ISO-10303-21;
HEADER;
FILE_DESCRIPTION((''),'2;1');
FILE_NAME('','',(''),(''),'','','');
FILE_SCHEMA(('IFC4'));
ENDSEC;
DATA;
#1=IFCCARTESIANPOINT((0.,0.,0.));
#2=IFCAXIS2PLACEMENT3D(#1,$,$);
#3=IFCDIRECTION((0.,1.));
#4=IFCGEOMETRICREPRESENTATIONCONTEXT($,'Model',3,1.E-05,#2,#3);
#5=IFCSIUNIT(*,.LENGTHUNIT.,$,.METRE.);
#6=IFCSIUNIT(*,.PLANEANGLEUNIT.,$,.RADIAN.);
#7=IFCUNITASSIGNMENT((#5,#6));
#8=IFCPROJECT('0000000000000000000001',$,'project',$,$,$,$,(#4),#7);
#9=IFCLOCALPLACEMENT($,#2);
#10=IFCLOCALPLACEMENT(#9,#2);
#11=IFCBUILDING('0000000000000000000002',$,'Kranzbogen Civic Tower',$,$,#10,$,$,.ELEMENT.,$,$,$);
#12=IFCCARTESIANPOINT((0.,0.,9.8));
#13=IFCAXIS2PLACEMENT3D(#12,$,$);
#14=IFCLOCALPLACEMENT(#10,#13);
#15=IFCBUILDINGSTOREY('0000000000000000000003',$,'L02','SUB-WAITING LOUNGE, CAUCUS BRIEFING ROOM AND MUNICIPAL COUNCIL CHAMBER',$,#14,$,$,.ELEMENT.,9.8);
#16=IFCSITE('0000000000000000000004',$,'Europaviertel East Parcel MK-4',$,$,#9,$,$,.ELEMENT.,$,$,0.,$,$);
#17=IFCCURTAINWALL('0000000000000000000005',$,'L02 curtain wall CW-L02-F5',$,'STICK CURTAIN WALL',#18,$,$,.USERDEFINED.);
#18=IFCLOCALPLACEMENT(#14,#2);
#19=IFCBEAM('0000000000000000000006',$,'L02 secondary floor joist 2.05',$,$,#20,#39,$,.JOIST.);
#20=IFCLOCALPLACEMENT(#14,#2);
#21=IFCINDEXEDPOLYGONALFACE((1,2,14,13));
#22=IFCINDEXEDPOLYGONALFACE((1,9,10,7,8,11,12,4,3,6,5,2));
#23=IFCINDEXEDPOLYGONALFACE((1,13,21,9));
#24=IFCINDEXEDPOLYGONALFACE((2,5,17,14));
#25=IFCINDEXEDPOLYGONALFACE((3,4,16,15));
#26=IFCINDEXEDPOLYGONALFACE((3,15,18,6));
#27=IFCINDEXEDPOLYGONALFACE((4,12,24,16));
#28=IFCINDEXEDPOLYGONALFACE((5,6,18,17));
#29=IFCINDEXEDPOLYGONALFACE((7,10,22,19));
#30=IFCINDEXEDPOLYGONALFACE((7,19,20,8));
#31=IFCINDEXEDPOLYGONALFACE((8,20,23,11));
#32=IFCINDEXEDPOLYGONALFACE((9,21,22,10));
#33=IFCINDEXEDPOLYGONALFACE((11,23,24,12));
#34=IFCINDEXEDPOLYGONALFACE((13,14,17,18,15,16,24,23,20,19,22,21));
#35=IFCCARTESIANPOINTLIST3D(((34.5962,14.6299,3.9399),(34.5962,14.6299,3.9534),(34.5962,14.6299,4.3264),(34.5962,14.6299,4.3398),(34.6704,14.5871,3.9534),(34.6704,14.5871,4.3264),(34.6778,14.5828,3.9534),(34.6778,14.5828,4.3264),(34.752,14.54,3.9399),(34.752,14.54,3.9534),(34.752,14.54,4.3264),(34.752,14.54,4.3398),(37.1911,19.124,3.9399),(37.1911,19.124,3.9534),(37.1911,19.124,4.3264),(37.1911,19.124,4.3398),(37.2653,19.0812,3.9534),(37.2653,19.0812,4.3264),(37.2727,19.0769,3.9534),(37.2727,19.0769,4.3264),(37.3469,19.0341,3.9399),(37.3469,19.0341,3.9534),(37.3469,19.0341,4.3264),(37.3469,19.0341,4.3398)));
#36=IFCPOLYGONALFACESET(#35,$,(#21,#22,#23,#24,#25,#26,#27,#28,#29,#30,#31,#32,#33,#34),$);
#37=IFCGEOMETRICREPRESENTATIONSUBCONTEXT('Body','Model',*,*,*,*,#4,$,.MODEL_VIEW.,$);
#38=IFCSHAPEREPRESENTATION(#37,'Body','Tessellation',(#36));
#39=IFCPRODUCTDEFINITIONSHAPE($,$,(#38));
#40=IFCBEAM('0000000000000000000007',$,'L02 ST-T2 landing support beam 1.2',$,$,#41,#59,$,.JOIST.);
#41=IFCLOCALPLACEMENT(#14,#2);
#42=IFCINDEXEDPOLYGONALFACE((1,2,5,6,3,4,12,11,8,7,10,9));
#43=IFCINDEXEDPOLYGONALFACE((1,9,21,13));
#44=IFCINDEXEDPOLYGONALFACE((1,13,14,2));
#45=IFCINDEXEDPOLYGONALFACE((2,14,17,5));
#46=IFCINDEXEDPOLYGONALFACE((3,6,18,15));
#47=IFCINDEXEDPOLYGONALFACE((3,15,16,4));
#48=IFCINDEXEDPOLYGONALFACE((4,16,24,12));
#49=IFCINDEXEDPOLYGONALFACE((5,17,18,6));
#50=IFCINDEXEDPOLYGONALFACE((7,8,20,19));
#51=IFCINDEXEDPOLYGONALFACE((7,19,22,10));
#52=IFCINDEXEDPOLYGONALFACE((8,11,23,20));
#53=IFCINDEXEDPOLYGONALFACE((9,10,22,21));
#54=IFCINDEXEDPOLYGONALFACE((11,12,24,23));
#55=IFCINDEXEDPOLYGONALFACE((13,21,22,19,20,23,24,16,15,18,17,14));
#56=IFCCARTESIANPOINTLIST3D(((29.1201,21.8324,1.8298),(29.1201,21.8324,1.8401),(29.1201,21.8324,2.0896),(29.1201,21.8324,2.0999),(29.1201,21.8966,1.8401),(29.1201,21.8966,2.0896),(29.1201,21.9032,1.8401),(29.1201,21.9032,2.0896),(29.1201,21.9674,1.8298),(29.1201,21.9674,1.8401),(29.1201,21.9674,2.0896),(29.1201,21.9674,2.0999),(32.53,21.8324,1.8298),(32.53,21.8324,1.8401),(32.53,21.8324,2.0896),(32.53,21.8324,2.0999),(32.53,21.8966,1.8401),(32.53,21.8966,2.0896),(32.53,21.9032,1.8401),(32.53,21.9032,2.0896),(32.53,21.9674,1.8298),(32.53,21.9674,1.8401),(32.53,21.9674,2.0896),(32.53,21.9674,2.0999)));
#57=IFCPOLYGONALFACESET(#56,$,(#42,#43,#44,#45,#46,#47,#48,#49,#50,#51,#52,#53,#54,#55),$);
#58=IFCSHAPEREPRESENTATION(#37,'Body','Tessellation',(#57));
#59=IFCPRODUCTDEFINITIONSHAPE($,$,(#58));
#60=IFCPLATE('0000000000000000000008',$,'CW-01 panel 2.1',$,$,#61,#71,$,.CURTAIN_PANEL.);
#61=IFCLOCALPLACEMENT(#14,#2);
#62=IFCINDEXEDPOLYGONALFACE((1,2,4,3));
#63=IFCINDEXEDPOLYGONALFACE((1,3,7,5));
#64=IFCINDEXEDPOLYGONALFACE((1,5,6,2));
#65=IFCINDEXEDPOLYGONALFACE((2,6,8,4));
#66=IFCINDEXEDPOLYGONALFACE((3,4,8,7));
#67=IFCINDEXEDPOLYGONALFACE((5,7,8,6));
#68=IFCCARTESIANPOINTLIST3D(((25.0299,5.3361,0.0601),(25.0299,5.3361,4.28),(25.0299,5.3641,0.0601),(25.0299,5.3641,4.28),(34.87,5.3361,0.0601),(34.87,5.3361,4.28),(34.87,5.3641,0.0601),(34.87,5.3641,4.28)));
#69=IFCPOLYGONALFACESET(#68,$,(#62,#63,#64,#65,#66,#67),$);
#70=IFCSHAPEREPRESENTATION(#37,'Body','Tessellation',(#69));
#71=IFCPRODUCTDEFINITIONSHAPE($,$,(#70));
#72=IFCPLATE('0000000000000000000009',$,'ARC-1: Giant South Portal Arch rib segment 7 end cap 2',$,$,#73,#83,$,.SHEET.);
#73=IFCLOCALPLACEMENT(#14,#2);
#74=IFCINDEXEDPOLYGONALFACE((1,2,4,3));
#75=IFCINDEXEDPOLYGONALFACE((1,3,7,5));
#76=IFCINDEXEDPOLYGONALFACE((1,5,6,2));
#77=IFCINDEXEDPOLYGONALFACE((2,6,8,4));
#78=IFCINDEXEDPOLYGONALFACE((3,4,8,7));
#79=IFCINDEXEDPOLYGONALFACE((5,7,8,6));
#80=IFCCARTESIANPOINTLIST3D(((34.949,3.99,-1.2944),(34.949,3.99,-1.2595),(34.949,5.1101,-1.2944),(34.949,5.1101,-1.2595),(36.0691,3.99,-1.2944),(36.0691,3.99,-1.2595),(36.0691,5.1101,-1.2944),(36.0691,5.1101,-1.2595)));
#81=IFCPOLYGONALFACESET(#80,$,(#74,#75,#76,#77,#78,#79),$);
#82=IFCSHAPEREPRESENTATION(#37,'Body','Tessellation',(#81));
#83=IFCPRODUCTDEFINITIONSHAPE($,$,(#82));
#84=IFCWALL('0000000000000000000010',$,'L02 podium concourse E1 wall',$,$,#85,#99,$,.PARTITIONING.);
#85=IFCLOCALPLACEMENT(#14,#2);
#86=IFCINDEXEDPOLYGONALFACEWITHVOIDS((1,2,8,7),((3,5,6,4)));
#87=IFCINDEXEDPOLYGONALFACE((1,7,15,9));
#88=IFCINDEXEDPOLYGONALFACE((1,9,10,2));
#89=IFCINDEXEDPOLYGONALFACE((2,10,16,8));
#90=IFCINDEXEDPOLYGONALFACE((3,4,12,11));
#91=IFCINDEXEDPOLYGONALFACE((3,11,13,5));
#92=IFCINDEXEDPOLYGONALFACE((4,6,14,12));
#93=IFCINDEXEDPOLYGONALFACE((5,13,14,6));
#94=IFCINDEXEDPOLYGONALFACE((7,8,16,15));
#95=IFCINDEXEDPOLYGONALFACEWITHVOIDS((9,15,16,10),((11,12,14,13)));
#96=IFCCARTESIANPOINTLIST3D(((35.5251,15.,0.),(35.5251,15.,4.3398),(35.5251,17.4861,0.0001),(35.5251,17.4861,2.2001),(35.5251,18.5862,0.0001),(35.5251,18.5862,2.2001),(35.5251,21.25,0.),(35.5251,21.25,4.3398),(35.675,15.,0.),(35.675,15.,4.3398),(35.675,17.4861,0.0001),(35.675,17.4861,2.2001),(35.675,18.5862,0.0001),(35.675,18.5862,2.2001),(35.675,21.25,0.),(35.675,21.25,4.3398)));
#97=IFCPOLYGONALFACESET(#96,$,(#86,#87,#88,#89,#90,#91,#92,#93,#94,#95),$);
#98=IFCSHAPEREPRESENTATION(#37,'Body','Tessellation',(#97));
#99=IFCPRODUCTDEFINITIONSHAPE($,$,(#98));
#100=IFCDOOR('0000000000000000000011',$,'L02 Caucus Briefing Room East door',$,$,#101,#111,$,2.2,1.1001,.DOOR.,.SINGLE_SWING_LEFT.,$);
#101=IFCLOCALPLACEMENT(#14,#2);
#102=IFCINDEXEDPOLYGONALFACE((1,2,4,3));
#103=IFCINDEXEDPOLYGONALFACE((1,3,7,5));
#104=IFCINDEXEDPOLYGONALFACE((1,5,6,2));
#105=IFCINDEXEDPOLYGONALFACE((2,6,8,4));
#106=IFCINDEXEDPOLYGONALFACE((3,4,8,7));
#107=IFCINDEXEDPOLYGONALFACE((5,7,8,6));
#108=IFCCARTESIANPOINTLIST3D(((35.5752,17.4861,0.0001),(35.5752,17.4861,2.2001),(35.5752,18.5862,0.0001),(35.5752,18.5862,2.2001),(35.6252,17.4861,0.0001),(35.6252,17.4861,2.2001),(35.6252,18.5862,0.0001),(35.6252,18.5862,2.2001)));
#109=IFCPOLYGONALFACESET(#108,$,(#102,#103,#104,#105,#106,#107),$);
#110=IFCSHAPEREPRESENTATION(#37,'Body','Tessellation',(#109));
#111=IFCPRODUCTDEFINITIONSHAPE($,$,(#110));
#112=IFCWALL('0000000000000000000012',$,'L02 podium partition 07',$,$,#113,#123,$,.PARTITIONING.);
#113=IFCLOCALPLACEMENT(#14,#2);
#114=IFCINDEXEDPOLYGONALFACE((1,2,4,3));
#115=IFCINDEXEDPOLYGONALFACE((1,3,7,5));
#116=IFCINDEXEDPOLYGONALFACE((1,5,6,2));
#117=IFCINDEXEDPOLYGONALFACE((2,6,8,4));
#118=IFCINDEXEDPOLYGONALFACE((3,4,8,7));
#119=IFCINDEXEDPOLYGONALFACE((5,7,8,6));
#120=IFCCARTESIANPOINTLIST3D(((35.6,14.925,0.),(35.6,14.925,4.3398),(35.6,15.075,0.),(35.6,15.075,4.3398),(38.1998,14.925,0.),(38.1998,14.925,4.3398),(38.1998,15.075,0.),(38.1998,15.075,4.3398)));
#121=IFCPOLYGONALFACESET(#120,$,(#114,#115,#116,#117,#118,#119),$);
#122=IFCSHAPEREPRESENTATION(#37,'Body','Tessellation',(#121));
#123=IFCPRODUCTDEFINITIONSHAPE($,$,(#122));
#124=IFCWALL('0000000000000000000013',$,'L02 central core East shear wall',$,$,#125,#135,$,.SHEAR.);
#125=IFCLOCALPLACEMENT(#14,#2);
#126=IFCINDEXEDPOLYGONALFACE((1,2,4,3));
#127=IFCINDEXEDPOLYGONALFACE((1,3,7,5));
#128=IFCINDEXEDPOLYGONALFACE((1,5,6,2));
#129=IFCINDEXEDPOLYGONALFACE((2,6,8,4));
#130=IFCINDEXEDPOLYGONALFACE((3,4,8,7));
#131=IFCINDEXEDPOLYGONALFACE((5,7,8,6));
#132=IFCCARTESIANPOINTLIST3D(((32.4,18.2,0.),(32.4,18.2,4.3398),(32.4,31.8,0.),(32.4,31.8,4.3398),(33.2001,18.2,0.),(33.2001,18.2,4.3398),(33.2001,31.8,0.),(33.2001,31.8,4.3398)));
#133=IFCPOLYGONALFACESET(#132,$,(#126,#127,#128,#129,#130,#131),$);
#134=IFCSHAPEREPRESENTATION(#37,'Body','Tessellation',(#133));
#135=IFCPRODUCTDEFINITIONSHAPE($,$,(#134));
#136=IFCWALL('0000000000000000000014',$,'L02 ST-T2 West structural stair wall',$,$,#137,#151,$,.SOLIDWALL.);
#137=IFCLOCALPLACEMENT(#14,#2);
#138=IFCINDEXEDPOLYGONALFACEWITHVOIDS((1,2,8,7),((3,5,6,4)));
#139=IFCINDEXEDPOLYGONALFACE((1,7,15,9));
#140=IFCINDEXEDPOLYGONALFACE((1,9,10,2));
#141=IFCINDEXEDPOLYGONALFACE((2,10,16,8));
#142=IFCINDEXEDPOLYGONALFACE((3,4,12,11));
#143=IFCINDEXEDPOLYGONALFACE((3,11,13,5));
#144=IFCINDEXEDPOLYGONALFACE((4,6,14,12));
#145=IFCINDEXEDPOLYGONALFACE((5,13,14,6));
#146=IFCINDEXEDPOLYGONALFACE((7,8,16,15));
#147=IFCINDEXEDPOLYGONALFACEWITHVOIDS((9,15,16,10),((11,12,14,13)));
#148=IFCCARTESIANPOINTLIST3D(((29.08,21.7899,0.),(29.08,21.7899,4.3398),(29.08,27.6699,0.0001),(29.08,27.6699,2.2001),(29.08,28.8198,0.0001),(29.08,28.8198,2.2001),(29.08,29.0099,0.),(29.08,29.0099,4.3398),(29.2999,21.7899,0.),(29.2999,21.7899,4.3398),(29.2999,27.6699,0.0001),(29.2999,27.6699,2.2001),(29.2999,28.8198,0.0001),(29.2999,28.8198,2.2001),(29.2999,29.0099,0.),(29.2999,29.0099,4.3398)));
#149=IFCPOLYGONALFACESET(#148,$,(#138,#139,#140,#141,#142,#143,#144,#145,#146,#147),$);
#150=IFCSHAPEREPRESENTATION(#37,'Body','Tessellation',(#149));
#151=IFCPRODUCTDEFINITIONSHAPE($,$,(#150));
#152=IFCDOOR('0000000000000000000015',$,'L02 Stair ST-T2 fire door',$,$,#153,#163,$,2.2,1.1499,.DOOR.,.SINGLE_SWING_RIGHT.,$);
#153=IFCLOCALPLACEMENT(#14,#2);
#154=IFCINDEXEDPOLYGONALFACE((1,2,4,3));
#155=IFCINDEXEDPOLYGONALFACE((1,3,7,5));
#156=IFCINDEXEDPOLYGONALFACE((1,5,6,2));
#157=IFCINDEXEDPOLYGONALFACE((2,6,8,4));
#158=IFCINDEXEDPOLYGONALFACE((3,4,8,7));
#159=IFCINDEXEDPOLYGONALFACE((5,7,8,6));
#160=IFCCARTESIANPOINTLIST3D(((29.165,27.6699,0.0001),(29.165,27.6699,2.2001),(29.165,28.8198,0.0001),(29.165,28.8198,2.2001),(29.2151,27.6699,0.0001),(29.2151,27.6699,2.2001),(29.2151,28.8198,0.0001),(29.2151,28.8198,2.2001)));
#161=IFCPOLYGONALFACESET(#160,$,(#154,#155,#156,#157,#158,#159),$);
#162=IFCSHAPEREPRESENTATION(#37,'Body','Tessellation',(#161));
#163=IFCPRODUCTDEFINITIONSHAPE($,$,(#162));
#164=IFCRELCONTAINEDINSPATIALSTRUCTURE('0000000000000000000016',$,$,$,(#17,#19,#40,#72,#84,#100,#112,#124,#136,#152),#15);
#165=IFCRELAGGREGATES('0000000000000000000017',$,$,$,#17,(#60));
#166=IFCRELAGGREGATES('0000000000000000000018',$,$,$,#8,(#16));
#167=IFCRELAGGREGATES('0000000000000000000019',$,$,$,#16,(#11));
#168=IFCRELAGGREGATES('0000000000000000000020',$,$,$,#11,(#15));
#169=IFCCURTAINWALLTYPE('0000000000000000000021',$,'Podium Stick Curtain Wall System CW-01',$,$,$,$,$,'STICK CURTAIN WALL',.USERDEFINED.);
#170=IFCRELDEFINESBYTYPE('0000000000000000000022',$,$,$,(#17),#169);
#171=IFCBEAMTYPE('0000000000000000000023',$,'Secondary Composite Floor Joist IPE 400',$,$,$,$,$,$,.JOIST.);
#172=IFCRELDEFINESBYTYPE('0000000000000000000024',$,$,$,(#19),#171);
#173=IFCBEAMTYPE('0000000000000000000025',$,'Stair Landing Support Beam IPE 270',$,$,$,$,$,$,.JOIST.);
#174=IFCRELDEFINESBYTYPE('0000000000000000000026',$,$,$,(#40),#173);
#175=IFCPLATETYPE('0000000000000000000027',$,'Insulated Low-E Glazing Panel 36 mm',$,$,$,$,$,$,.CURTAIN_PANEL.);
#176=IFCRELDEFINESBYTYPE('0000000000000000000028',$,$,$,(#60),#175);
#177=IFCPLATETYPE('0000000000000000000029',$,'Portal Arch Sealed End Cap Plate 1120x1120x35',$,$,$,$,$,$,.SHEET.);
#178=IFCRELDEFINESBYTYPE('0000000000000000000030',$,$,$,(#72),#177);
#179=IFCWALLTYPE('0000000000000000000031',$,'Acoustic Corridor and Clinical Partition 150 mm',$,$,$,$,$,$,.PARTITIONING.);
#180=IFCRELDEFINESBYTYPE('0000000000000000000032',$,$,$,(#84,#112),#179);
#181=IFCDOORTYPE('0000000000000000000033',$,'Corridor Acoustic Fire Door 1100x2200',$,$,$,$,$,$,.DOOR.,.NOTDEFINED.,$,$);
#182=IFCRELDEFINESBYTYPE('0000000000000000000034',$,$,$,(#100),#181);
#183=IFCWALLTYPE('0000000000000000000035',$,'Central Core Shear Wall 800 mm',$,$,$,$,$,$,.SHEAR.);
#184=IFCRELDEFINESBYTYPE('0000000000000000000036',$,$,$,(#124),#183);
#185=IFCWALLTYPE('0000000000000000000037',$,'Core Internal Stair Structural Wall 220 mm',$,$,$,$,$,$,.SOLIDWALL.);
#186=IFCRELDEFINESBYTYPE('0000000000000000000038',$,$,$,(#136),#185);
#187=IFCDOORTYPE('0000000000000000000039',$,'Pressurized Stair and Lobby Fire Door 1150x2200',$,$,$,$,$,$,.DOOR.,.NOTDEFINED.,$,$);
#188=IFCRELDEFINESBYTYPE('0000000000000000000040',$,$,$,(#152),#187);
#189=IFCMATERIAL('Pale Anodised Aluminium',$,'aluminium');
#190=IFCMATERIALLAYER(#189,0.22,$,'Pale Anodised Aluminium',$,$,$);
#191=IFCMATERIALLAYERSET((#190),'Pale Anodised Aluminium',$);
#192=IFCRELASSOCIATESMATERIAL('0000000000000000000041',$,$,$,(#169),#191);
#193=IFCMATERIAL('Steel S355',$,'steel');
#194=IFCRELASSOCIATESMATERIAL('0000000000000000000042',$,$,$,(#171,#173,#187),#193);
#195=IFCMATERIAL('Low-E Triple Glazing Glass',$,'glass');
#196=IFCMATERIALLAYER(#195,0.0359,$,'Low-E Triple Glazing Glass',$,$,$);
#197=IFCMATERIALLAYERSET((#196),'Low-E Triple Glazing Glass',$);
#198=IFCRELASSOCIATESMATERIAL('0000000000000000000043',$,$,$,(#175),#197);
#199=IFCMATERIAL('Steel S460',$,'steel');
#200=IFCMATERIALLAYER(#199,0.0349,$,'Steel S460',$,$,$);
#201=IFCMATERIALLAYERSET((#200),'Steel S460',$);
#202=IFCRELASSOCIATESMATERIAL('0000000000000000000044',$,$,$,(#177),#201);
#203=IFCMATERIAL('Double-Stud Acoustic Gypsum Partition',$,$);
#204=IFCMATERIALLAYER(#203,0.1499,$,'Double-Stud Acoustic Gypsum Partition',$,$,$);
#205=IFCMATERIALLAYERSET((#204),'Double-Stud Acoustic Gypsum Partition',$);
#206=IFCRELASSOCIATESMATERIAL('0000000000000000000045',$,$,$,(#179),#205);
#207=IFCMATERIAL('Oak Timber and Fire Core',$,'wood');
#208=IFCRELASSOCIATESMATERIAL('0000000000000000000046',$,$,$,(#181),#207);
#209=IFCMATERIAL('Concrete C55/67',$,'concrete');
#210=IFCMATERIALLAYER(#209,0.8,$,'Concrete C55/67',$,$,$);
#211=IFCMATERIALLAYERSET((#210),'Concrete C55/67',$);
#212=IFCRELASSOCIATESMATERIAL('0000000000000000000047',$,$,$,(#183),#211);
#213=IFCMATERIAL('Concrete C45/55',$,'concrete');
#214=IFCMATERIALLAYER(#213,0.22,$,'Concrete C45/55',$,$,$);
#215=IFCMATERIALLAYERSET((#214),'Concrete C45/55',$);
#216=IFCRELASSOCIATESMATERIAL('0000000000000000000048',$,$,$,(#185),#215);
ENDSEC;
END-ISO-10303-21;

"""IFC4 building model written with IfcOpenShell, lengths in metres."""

from ifc_helpers import new_model, si_unit, direction, frame, frame_2d, origin, origin_2d, place, context, subcontext, project, spatial, rectangle, i_section, extrude, material, layer, layer_set, material_profile, profile_set, type_object, element, fill, aggregate, save


model = new_model("IFC4")

# Units and contexts
model_context = context("Model", 3, precision=1e-05, world=origin(), true_north=direction((0.0, 1.0)))
body_context = subcontext(model_context, "Body", "Model", "MODEL_VIEW")
ifc_project = project(units=[si_unit("LENGTHUNIT", "METRE"), si_unit("PLANEANGLEUNIT", "RADIAN")], contexts=[model_context])

# Site, building, storey
site_placement = place(None, origin())
site = spatial("IfcSite", under=ifc_project, at=site_placement, Name="Europaviertel East Parcel MK-4", CompositionType="ELEMENT", RefElevation=0.0)
building_placement = place(site_placement, origin())
building = spatial("IfcBuilding", under=site, at=building_placement, Name="Kranzbogen Civic Tower", CompositionType="ELEMENT")
storey_placement = place(building_placement, frame((0.0, 0.0, 9.8)))
storey = spatial("IfcBuildingStorey", under=building, at=storey_placement, Name="L02", Description="SUB-WAITING LOUNGE, CAUCUS BRIEFING ROOM AND MUNICIPAL COUNCIL CHAMBER", CompositionType="ELEMENT", Elevation=9.8)

# Shared definitions
ifc_material_1 = material(Name="Steel S460", Category="steel")

# Curtain wall
ifc_material_2 = material(Name="Pale Anodised Aluminium", Category="aluminium")
ifc_layer_1 = layer(ifc_material_2, 0.22, Name="Pale Anodised Aluminium")
ifc_layer_set_1 = layer_set([ifc_layer_1], Name="Pale Anodised Aluminium")
curtain_wall_type_1 = type_object("IfcCurtainWallType", Name="Podium Stick Curtain Wall System CW-01", ElementType="STICK CURTAIN WALL", PredefinedType="USERDEFINED", material=ifc_layer_set_1)
curtain_wall_1_placement = place(storey_placement, origin())
curtain_wall_1 = element("IfcCurtainWall", 1, at=curtain_wall_1_placement, inside=storey, type_object=curtain_wall_type_1, Name="L02 curtain wall CW-L02-F5", ObjectType="STICK CURTAIN WALL", PredefinedType="USERDEFINED")

# Beams
ifc_material_3 = material(Name="Steel S355", Category="steel")
ifc_material_profile_1 = material_profile(ifc_material_3, i_section(OverallWidth=0.1799, OverallDepth=0.3999, WebThickness=0.0085, FlangeThickness=0.0134, at=origin_2d()), Name="IPE 400")
ifc_profile_set_1 = profile_set([ifc_material_profile_1], Name="Steel S355")
beam_type_1 = type_object("IfcBeamType", Name="Secondary Composite Floor Joist IPE 400", PredefinedType="JOIST", material=ifc_profile_set_1)
beam_1_placement = place(storey_placement, frame((34.6741, 14.585, 4.1399), z_axis=(0.50004, 0.866002, 0.0), x_axis=(-0.866002, 0.50004, 0.0)))
element("IfcBeam", 2, at=beam_1_placement, inside=storey, type_object=beam_type_1, Name="L02 secondary floor joist 2.05", PredefinedType="JOIST", context=body_context, shape_type="SweptSolid", body=[
    extrude(i_section(OverallWidth=0.1799, OverallDepth=0.3999, WebThickness=0.0085, FlangeThickness=0.0134, at=origin_2d()), origin(), (0.0, 0.0, 1.0), 5.1895),
])
ifc_material_profile_2 = material_profile(ifc_material_3, i_section(OverallWidth=0.135, OverallDepth=0.27, WebThickness=0.0066, FlangeThickness=0.0103, at=origin_2d()), Name="IPE 270")
ifc_profile_set_2 = profile_set([ifc_material_profile_2], Name="Steel S355")
beam_type_2 = type_object("IfcBeamType", Name="Stair Landing Support Beam IPE 270", PredefinedType="JOIST", material=ifc_profile_set_2)
beam_2_placement = place(storey_placement, frame((29.1201, 21.8999, 1.9648), z_axis=(1.0, 0.0, 0.0), x_axis=(0.0, 1.0, 0.0)))
element("IfcBeam", 3, at=beam_2_placement, inside=storey, type_object=beam_type_2, Name="L02 ST-T2 landing support beam 1.2", PredefinedType="JOIST", context=body_context, shape_type="SweptSolid", body=[
    extrude(i_section(OverallWidth=0.135, OverallDepth=0.27, WebThickness=0.0066, FlangeThickness=0.0103, at=origin_2d()), origin(), (0.0, 0.0, 1.0), 3.4099),
])

# Plates
ifc_material_4 = material(Name="Low-E Triple Glazing Glass", Category="glass")
ifc_layer_2 = layer(ifc_material_4, 0.0359, Name="Low-E Triple Glazing Glass")
ifc_layer_set_2 = layer_set([ifc_layer_2], Name="Low-E Triple Glazing Glass")
plate_type_1 = type_object("IfcPlateType", Name="Insulated Low-E Glazing Panel 36 mm", PredefinedType="CURTAIN_PANEL", material=ifc_layer_set_2)
plate_1_placement = place(storey_placement, frame((29.95, 5.3501, 0.0601), z_axis=(0.0, 0.0, 1.0), x_axis=(1.0, 0.0, 0.0)))
plate_1 = element("IfcPlate", 4, at=plate_1_placement, type_object=plate_type_1, Name="CW-01 panel 2.1", PredefinedType="CURTAIN_PANEL", context=body_context, shape_type="SweptSolid", body=[
    extrude(rectangle(XDim=9.8401, YDim=0.0281, at=origin_2d()), origin(), (0.0, 0.0, 1.0), 4.22),
])
aggregate(curtain_wall_1, [plate_1])
ifc_layer_3 = layer(ifc_material_1, 0.0349, Name="Steel S460")
ifc_layer_set_3 = layer_set([ifc_layer_3], Name="Steel S460")
plate_type_2 = type_object("IfcPlateType", Name="Portal Arch Sealed End Cap Plate 1120x1120x35", PredefinedType="SHEET", material=ifc_layer_set_3)
plate_2_placement = place(storey_placement, frame((35.509, 4.55, -1.2944), z_axis=(0.0, 0.0, 1.0), x_axis=(1.0, 0.0, 0.0)))
element("IfcPlate", 5, at=plate_2_placement, inside=storey, type_object=plate_type_2, Name="ARC-1: Giant South Portal Arch rib segment 7 end cap 2", PredefinedType="SHEET", context=body_context, shape_type="SweptSolid", body=[
    extrude(rectangle(XDim=1.1201, YDim=1.1201, at=origin_2d()), origin(), (0.0, 0.0, 1.0), 0.0349),
])

# Wall, opening, door
ifc_material_5 = material(Name="Double-Stud Acoustic Gypsum Partition")
ifc_layer_4 = layer(ifc_material_5, 0.1499, Name="Double-Stud Acoustic Gypsum Partition")
ifc_layer_set_4 = layer_set([ifc_layer_4], Name="Double-Stud Acoustic Gypsum Partition")
wall_type_1 = type_object("IfcWallType", Name="Acoustic Corridor and Clinical Partition 150 mm", PredefinedType="PARTITIONING", material=ifc_layer_set_4)
wall_1_placement = place(storey_placement, frame((35.6001, 15.0, 0.0), z_axis=(0.0, 0.0, 1.0), x_axis=(0.0, 1.0, 0.0)))
wall_1 = element("IfcWall", 6, at=wall_1_placement, inside=storey, type_object=wall_type_1, Name="L02 podium concourse E1 wall", PredefinedType="PARTITIONING", context=body_context, shape_type="SweptSolid", body=[
    extrude(rectangle(XDim=6.25, YDim=0.1499, at=frame_2d((3.125, 0.0))), origin(), (0.0, 0.0, 1.0), 4.3398),
])
opening_1_placement = place(wall_1_placement, frame((2.4861, 0.0, 0.0)))
opening_1 = element("IfcOpeningElement", 7, at=opening_1_placement, cuts=wall_1, PredefinedType="OPENING", context=body_context, shape_type="SweptSolid", body=[
    extrude(rectangle(XDim=1.1001, YDim=2.2, at=frame_2d((0.55, 1.1001))), frame((0.0, 0.085, 0.0), z_axis=(0.0, -1.0, 0.0), x_axis=(1.0, 0.0, 0.0)), (0.0, 0.0, 1.0), 0.1699),
])
ifc_material_6 = material(Name="Oak Timber and Fire Core", Category="wood")
door_type_1 = type_object("IfcDoorType", Name="Corridor Acoustic Fire Door 1100x2200", OperationType="NOTDEFINED", PredefinedType="DOOR", material=ifc_material_6)
door_1_placement = place(opening_1_placement, origin())
door_1 = element("IfcDoor", 8, at=door_1_placement, inside=storey, type_object=door_type_1, Name="L02 Caucus Briefing Room East door", OperationType="SINGLE_SWING_LEFT", OverallHeight=2.2, OverallWidth=1.1001, PredefinedType="DOOR", context=body_context, shape_type="SweptSolid", body=[
    extrude(rectangle(XDim=1.1001, YDim=2.2, at=frame_2d((0.55, 1.1001))), frame((0.0, 0.0249, 0.0), z_axis=(0.0, -1.0, 0.0), x_axis=(1.0, 0.0, 0.0)), (0.0, 0.0, 1.0), 0.05),
])
fill(opening_1, door_1)

# Walls
wall_2_placement = place(storey_placement, frame((35.6001, 15.0, 0.0), z_axis=(0.0, 0.0, 1.0), x_axis=(1.0, 0.0, 0.0)))
element("IfcWall", 9, at=wall_2_placement, inside=storey, type_object=wall_type_1, Name="L02 podium partition 07", PredefinedType="PARTITIONING", context=body_context, shape_type="SweptSolid", body=[
    extrude(rectangle(XDim=2.5999, YDim=0.1499, at=frame_2d((1.2998, 0.0))), origin(), (0.0, 0.0, 1.0), 4.3398),
])
ifc_material_7 = material(Name="Concrete C55/67", Category="concrete")
ifc_layer_5 = layer(ifc_material_7, 0.8, Name="Concrete C55/67")
ifc_layer_set_5 = layer_set([ifc_layer_5], Name="Concrete C55/67")
wall_type_2 = type_object("IfcWallType", Name="Central Core Shear Wall 800 mm", PredefinedType="SHEAR", material=ifc_layer_set_5)
wall_3_placement = place(storey_placement, frame((32.8, 18.2, 0.0), z_axis=(0.0, 0.0, 1.0), x_axis=(0.0, 1.0, 0.0)))
element("IfcWall", 10, at=wall_3_placement, inside=storey, type_object=wall_type_2, Name="L02 central core East shear wall", PredefinedType="SHEAR", context=body_context, shape_type="SweptSolid", body=[
    extrude(rectangle(XDim=13.6001, YDim=0.8, at=frame_2d((6.8, 0.0))), origin(), (0.0, 0.0, 1.0), 4.3398),
])

# Wall, opening, door
ifc_material_8 = material(Name="Concrete C45/55", Category="concrete")
ifc_layer_6 = layer(ifc_material_8, 0.22, Name="Concrete C45/55")
ifc_layer_set_6 = layer_set([ifc_layer_6], Name="Concrete C45/55")
wall_type_3 = type_object("IfcWallType", Name="Core Internal Stair Structural Wall 220 mm", PredefinedType="SOLIDWALL", material=ifc_layer_set_6)
wall_4_placement = place(storey_placement, frame((29.1899, 21.79, 0.0), z_axis=(0.0, 0.0, 1.0), x_axis=(0.0, 1.0, 0.0)))
wall_4 = element("IfcWall", 11, at=wall_4_placement, inside=storey, type_object=wall_type_3, Name="L02 ST-T2 West structural stair wall", PredefinedType="SOLIDWALL", context=body_context, shape_type="SweptSolid", body=[
    extrude(rectangle(XDim=7.22, YDim=0.22, at=frame_2d((3.6099, 0.0))), origin(), (0.0, 0.0, 1.0), 4.3398),
])
opening_2_placement = place(wall_4_placement, frame((5.8799, 0.0, 0.0)))
opening_2 = element("IfcOpeningElement", 12, at=opening_2_placement, cuts=wall_4, PredefinedType="OPENING", context=body_context, shape_type="SweptSolid", body=[
    extrude(rectangle(XDim=1.1499, YDim=2.2, at=frame_2d((0.575, 1.1001))), frame((0.0, 0.1201, 0.0), z_axis=(0.0, -1.0, 0.0), x_axis=(1.0, 0.0, 0.0)), (0.0, 0.0, 1.0), 0.24),
])
door_type_2 = type_object("IfcDoorType", Name="Pressurized Stair and Lobby Fire Door 1150x2200", OperationType="NOTDEFINED", PredefinedType="DOOR", material=ifc_material_3)
door_2_placement = place(opening_2_placement, origin())
door_2 = element("IfcDoor", 13, at=door_2_placement, inside=storey, type_object=door_type_2, Name="L02 Stair ST-T2 fire door", OperationType="SINGLE_SWING_RIGHT", OverallHeight=2.2, OverallWidth=1.1499, PredefinedType="DOOR", context=body_context, shape_type="SweptSolid", body=[
    extrude(rectangle(XDim=1.1499, YDim=2.2, at=frame_2d((0.575, 1.1001))), frame((0.0, 0.0249, 0.0), z_axis=(0.0, -1.0, 0.0), x_axis=(1.0, 0.0, 0.0)), (0.0, 0.0, 1.0), 0.05),
])
fill(opening_2, door_2)

save(model, "model.ifc")
